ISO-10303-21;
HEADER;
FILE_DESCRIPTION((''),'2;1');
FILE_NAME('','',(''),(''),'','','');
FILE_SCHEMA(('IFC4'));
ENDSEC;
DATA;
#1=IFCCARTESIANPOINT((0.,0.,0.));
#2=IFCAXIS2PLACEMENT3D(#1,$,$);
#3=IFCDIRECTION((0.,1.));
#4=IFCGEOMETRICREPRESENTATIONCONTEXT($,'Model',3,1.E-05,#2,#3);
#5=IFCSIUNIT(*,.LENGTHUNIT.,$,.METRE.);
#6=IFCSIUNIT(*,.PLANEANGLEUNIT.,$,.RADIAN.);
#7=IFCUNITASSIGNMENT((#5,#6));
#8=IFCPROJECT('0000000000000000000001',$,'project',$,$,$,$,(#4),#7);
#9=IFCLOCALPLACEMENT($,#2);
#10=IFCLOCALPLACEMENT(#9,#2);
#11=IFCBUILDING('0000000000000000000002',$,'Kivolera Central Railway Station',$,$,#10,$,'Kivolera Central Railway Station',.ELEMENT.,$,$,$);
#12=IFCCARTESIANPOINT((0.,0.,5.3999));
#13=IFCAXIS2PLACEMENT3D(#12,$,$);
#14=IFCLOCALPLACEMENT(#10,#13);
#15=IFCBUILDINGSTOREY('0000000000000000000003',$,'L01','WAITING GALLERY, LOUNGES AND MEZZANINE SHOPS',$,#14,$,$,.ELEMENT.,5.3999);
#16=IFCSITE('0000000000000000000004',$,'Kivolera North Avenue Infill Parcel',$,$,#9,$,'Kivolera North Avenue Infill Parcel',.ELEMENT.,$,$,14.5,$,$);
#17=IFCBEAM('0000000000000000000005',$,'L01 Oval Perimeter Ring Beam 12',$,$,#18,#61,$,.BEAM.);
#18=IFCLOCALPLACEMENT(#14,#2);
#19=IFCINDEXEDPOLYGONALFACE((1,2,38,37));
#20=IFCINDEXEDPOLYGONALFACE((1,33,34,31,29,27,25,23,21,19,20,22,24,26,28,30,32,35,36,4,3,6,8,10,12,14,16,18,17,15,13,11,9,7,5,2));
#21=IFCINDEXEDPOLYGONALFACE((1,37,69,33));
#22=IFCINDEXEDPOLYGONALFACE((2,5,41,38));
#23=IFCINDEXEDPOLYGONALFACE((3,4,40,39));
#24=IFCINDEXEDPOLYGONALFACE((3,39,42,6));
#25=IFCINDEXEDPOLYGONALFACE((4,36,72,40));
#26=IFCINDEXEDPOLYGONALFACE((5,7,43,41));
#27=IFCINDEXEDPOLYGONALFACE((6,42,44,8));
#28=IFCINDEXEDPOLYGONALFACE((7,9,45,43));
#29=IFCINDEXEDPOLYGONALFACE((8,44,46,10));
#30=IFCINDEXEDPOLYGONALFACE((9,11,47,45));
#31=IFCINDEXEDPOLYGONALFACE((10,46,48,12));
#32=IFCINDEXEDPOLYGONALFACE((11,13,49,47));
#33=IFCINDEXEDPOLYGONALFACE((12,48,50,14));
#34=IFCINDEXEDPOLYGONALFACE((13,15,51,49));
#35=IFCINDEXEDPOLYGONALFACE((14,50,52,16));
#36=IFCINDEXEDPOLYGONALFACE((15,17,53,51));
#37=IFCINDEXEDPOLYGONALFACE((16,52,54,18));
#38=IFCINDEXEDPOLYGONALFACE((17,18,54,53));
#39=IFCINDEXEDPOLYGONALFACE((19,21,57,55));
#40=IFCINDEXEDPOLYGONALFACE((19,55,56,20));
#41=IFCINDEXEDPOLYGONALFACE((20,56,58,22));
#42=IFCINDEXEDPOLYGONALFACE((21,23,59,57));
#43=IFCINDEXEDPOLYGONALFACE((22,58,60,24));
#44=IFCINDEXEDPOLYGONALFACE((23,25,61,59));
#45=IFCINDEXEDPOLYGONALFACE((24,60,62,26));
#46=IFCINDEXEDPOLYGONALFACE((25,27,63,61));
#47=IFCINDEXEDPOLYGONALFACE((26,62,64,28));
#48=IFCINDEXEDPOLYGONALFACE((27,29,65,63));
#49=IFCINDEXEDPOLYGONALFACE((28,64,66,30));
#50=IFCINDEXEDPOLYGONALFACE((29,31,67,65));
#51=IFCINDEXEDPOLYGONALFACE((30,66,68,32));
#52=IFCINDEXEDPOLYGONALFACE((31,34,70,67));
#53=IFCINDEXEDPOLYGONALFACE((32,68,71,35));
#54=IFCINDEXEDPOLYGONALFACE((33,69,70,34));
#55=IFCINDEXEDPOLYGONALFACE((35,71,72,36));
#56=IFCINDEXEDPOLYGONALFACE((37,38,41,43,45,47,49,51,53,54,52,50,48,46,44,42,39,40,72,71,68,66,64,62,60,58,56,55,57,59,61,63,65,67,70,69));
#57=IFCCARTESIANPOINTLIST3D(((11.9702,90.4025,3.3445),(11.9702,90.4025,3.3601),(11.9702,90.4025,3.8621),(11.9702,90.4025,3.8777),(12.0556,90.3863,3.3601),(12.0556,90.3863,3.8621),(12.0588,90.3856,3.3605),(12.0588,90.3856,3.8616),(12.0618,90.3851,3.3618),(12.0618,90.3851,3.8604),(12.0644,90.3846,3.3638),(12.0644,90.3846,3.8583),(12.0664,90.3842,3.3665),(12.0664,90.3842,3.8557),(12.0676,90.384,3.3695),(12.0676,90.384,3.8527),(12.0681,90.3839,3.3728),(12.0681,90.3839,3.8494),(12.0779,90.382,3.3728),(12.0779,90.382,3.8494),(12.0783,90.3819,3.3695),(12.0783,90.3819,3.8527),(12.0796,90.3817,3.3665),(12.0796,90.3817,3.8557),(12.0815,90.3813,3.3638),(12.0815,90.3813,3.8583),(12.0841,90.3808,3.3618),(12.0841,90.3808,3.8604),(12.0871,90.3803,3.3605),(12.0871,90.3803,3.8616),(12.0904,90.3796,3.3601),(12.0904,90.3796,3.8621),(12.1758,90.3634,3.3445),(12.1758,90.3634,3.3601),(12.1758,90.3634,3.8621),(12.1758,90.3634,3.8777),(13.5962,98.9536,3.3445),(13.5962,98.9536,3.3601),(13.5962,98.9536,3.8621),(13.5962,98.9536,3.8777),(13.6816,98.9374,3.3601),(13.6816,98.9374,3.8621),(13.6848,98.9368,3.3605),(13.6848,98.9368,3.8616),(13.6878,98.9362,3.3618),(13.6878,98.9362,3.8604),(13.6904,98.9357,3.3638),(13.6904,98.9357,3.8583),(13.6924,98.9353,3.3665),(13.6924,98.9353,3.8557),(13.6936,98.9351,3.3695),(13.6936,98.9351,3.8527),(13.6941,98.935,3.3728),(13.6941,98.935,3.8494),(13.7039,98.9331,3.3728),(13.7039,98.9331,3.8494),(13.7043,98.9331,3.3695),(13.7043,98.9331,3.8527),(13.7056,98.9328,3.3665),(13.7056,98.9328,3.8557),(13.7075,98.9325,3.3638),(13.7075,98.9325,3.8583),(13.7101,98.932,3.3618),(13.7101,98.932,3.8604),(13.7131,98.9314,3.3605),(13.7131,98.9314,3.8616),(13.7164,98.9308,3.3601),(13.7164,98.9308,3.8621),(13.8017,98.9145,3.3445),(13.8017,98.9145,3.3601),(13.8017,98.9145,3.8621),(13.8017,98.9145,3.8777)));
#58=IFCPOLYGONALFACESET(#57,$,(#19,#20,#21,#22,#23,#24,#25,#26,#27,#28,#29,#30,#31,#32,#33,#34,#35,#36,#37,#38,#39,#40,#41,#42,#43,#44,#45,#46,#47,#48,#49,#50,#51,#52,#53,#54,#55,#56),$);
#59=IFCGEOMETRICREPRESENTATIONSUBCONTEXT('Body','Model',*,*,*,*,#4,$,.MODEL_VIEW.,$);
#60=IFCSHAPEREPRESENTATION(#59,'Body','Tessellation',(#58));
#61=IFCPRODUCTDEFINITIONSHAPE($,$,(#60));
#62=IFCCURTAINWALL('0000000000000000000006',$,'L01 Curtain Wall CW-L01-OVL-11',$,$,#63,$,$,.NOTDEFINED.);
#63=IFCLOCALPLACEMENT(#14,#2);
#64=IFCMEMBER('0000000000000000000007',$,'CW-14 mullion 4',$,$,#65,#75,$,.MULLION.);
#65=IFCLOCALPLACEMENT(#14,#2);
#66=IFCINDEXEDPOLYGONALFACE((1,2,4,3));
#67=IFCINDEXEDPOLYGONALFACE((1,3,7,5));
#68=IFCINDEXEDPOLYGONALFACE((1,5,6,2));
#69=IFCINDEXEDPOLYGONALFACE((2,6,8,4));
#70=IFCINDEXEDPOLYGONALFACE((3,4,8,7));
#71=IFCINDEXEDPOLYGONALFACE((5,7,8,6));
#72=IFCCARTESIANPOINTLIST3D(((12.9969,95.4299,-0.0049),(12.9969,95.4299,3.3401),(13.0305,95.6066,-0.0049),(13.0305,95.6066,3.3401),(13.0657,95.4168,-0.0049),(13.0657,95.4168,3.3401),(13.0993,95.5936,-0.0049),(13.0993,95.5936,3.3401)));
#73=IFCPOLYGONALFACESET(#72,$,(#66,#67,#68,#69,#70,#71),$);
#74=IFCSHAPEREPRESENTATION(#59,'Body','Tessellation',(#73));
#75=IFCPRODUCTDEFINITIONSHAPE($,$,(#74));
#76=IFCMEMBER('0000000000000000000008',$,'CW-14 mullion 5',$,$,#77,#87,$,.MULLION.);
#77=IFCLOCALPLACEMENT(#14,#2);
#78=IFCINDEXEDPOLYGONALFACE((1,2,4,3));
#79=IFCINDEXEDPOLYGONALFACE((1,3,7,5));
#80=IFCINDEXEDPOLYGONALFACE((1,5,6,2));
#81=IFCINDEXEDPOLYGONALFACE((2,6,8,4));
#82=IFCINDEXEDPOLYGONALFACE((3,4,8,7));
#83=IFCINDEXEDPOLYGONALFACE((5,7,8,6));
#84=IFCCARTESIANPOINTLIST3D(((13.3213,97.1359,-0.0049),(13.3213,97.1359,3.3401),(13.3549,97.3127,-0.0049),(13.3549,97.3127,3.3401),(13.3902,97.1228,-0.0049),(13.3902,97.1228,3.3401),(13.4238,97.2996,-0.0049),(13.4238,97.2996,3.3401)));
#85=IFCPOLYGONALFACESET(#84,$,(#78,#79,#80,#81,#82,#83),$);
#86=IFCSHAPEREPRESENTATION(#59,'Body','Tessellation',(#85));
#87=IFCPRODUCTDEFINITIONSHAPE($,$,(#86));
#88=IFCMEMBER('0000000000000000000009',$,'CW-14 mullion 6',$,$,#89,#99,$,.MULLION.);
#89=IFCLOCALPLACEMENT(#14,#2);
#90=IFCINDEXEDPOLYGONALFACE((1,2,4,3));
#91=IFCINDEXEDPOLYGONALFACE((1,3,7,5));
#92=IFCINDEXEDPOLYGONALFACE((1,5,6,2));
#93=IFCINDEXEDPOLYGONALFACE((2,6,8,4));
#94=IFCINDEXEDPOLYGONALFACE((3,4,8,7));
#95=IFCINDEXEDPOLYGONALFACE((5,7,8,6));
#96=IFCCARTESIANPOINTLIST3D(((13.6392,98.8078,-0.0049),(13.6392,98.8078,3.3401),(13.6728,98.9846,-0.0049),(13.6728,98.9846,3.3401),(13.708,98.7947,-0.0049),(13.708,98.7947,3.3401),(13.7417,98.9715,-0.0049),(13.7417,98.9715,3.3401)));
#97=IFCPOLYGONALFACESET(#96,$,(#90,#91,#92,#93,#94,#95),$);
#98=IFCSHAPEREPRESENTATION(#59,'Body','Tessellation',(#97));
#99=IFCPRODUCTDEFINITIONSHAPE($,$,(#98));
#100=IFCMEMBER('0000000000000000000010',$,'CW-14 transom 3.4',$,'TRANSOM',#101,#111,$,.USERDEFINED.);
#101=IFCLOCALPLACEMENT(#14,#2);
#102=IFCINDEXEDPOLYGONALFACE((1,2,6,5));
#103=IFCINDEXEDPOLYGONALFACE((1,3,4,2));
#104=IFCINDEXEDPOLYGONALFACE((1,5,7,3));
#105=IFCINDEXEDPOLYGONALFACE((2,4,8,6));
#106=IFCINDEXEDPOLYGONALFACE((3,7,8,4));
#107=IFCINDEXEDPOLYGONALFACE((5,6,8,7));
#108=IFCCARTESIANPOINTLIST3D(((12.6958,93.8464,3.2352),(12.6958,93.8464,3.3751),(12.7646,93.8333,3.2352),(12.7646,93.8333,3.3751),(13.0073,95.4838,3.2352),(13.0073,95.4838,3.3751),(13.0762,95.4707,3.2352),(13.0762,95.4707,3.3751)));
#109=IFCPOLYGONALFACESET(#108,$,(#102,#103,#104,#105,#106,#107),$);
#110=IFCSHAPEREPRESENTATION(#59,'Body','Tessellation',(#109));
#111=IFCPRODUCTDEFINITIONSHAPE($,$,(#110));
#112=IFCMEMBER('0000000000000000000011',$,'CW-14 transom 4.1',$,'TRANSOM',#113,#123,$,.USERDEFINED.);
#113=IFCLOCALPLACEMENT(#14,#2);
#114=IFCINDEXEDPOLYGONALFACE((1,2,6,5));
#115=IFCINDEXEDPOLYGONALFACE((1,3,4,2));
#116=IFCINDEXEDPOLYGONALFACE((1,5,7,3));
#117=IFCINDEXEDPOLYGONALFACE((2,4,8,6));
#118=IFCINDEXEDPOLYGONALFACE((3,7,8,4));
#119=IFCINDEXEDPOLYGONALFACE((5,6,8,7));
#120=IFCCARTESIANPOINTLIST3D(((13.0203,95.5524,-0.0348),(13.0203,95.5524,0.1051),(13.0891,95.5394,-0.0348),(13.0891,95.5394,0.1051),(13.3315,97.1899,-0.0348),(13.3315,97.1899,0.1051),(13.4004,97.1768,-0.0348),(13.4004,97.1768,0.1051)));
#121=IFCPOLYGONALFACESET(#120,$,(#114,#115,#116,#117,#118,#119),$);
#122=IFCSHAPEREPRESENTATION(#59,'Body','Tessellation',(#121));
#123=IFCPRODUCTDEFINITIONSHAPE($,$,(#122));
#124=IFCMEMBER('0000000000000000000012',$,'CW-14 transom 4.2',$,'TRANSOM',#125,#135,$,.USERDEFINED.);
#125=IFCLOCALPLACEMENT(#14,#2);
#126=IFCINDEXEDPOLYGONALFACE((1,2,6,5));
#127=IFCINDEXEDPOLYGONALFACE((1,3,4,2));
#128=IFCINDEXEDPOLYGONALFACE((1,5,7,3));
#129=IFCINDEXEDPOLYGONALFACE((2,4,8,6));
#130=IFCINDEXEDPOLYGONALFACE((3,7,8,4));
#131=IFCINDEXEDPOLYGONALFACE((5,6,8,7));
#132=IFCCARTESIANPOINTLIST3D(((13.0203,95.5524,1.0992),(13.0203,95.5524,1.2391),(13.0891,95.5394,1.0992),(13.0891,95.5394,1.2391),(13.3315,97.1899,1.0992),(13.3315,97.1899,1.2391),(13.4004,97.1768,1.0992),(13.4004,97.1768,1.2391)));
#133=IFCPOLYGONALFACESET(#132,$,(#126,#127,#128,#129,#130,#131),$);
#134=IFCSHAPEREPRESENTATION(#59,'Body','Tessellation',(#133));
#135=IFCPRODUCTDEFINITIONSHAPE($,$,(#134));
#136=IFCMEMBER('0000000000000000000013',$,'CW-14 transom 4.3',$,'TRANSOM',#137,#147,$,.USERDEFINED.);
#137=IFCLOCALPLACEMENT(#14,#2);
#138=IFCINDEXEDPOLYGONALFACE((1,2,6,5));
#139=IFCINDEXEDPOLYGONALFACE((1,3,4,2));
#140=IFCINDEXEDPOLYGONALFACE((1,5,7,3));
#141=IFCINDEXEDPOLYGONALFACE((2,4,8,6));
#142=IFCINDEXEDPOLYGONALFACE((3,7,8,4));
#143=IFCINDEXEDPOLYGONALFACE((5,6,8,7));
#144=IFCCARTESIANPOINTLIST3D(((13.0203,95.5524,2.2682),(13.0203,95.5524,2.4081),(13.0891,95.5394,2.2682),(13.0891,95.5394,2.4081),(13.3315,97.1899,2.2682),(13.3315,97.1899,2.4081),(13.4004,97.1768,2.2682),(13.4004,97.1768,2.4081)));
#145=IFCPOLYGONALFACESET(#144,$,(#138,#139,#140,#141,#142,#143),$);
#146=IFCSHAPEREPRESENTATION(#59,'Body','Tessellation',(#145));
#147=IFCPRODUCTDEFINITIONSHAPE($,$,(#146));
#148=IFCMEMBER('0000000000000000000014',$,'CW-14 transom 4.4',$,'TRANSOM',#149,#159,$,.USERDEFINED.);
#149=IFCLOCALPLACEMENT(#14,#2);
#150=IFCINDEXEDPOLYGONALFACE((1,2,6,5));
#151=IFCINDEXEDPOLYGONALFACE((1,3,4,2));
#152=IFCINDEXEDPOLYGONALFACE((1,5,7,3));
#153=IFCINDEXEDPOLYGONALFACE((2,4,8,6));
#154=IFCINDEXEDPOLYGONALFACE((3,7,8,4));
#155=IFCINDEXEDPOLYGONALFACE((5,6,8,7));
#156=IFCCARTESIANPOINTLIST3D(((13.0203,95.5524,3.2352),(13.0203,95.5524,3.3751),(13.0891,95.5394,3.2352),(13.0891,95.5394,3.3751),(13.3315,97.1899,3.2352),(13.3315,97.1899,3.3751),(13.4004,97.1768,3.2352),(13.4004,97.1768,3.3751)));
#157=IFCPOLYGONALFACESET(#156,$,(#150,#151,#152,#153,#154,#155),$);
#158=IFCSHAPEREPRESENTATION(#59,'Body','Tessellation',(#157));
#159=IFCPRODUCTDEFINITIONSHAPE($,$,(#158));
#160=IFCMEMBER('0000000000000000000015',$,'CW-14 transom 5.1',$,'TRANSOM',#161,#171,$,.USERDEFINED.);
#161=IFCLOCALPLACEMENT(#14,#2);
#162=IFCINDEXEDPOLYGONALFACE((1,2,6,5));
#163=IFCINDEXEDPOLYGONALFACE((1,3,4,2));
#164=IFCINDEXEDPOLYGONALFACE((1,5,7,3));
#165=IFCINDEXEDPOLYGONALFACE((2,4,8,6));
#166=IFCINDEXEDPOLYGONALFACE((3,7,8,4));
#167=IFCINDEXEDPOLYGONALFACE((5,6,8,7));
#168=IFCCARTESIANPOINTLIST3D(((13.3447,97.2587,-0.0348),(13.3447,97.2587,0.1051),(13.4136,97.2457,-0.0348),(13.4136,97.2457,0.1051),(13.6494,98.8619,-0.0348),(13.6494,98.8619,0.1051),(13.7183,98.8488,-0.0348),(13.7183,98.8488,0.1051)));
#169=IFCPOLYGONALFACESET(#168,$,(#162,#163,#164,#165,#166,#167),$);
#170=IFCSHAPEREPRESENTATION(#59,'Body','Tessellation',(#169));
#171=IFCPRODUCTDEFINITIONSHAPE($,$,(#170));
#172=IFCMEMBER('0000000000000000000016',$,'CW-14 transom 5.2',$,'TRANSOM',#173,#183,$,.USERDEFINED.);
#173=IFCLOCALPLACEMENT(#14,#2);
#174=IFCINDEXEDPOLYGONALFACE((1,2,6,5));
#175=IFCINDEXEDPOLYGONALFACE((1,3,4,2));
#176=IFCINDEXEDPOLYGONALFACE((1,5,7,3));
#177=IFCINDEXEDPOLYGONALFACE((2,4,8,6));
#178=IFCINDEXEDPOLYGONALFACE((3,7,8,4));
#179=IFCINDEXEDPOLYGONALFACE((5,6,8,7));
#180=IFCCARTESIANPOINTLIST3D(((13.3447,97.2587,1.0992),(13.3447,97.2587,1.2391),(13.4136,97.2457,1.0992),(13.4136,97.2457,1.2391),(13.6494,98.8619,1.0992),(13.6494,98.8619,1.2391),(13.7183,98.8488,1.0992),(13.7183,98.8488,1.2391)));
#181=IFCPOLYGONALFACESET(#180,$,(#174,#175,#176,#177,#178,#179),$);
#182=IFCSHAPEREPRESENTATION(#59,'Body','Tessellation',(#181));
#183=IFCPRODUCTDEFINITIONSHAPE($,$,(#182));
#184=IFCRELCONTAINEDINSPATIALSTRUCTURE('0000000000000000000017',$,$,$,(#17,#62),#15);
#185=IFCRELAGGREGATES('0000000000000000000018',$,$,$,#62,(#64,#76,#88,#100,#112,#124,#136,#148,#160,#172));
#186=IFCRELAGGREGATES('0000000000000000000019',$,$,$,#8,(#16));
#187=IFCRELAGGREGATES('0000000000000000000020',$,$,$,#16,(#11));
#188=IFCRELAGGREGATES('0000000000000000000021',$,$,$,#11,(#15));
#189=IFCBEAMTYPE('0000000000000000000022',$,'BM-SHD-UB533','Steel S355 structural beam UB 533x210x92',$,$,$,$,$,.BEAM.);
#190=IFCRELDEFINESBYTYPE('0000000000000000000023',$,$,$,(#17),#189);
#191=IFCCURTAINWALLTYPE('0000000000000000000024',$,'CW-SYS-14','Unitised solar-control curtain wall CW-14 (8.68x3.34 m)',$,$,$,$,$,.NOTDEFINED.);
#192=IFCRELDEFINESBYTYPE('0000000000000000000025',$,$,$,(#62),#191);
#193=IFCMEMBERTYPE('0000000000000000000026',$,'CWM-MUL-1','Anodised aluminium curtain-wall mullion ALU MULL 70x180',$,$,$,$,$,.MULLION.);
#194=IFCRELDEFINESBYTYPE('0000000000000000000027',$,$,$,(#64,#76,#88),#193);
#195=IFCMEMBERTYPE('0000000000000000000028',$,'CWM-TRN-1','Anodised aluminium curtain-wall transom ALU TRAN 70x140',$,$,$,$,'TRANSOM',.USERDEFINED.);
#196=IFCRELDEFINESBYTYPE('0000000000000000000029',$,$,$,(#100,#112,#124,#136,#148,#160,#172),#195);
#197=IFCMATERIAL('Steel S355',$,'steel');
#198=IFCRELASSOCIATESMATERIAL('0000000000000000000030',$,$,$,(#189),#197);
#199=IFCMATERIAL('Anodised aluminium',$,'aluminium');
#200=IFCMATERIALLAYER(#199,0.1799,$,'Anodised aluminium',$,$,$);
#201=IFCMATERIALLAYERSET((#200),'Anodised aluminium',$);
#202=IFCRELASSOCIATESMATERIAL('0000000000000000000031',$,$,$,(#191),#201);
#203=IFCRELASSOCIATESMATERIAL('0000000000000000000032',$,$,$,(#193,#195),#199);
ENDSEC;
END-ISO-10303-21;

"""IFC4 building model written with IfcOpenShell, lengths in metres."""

from ifc_helpers import new_model, si_unit, direction, frame, origin, origin_2d, place, context, subcontext, project, spatial, rectangle, i_section, extrude, material, layer, layer_set, material_profile, profile_set, type_object, element, aggregate, save


model = new_model("IFC4")

# Units and contexts
model_context = context("Model", 3, precision=1e-05, world=origin(), true_north=direction((0.0, 1.0)))
body_context = subcontext(model_context, "Body", "Model", "MODEL_VIEW")
ifc_project = project(units=[si_unit("LENGTHUNIT", "METRE"), si_unit("PLANEANGLEUNIT", "RADIAN")], contexts=[model_context])

# Site, building, storey
site_placement = place(None, origin())
site = spatial("IfcSite", under=ifc_project, at=site_placement, Name="Kivolera North Avenue Infill Parcel", LongName="Kivolera North Avenue Infill Parcel", CompositionType="ELEMENT", RefElevation=14.5)
building_placement = place(site_placement, origin())
building = spatial("IfcBuilding", under=site, at=building_placement, Name="Kivolera Central Railway Station", LongName="Kivolera Central Railway Station", CompositionType="ELEMENT")
storey_placement = place(building_placement, frame((0.0, 0.0, 5.3999)))
storey = spatial("IfcBuildingStorey", under=building, at=storey_placement, Name="L01", Description="WAITING GALLERY, LOUNGES AND MEZZANINE SHOPS", CompositionType="ELEMENT", Elevation=5.3999)

# Beam
ifc_material_1 = material(Name="Steel S355", Category="steel")
ifc_material_profile_1 = material_profile(ifc_material_1, i_section(OverallWidth=0.2092, OverallDepth=0.5332, WebThickness=0.01, FlangeThickness=0.0156, FilletRadius=0.0127, at=origin_2d()), Name="UB 533x210x92")
ifc_profile_set_1 = profile_set([ifc_material_profile_1], Name="Steel S355")
beam_type = type_object("IfcBeamType", Name="BM-SHD-UB533", Description="Steel S355 structural beam UB 533x210x92", PredefinedType="BEAM", material=ifc_profile_set_1)
beam_placement = place(storey_placement, frame((13.699, 98.9341, 3.6111), z_axis=(-0.186803, -0.982397, 0.0), x_axis=(0.982397, -0.186803, 0.0)))
element("IfcBeam", 1, at=beam_placement, inside=storey, type_object=beam_type, Name="L01 Oval Perimeter Ring Beam 12", PredefinedType="BEAM", context=body_context, shape_type="SweptSolid", body=[
    extrude(i_section(OverallWidth=0.2092, OverallDepth=0.5332, WebThickness=0.01, FlangeThickness=0.0156, FilletRadius=0.0127, at=origin_2d()), origin(), (0.0, 0.0, 1.0), 8.7043),
])

# Curtain wall, members
ifc_material_2 = material(Name="Anodised aluminium", Category="aluminium")
ifc_layer_1 = layer(ifc_material_2, 0.1799, Name="Anodised aluminium")
ifc_layer_set_1 = layer_set([ifc_layer_1], Name="Anodised aluminium")
curtain_wall_type = type_object("IfcCurtainWallType", Name="CW-SYS-14", Description="Unitised solar-control curtain wall CW-14 (8.68x3.34 m)", PredefinedType="NOTDEFINED", material=ifc_layer_set_1)
curtain_wall_placement = place(storey_placement, origin())
curtain_wall = element("IfcCurtainWall", 2, at=curtain_wall_placement, inside=storey, type_object=curtain_wall_type, Name="L01 Curtain Wall CW-L01-OVL-11", PredefinedType="NOTDEFINED")
ifc_material_profile_2 = material_profile(ifc_material_2, rectangle(XDim=0.0701, YDim=0.1799, at=origin_2d()), Name="ALU MULL 70x180")
ifc_profile_set_2 = profile_set([ifc_material_profile_2], Name="Anodised aluminium")
member_type_1 = type_object("IfcMemberType", Name="CWM-MUL-1", Description="Anodised aluminium curtain-wall mullion ALU MULL 70x180", PredefinedType="MULLION", material=ifc_profile_set_2)
member_1_placement = place(storey_placement, frame((13.0481, 95.5117, -0.0049), z_axis=(0.0, 0.0, 1.0), x_axis=(-0.982401, 0.186784, 0.0)))
member_1 = element("IfcMember", 3, at=member_1_placement, type_object=member_type_1, Name="CW-14 mullion 4", PredefinedType="MULLION", context=body_context, shape_type="SweptSolid", body=[
    extrude(rectangle(XDim=0.0701, YDim=0.1799, at=origin_2d()), origin(), (0.0, 0.0, 1.0), 3.345),
])
member_2_placement = place(storey_placement, frame((13.3726, 97.2178, -0.0049), z_axis=(0.0, 0.0, 1.0), x_axis=(-0.982401, 0.186784, 0.0)))
member_2 = element("IfcMember", 4, at=member_2_placement, type_object=member_type_1, Name="CW-14 mullion 5", PredefinedType="MULLION", context=body_context, shape_type="SweptSolid", body=[
    extrude(rectangle(XDim=0.0701, YDim=0.1799, at=origin_2d()), origin(), (0.0, 0.0, 1.0), 3.345),
])
member_3_placement = place(storey_placement, frame((13.6904, 98.8896, -0.0049), z_axis=(0.0, 0.0, 1.0), x_axis=(-0.982401, 0.186784, 0.0)))
member_3 = element("IfcMember", 5, at=member_3_placement, type_object=member_type_1, Name="CW-14 mullion 6", PredefinedType="MULLION", context=body_context, shape_type="SweptSolid", body=[
    extrude(rectangle(XDim=0.0701, YDim=0.1799, at=origin_2d()), origin(), (0.0, 0.0, 1.0), 3.345),
])
ifc_material_profile_3 = material_profile(ifc_material_2, rectangle(XDim=0.0701, YDim=0.1399, at=origin_2d()), Name="ALU TRAN 70x140")
ifc_profile_set_3 = profile_set([ifc_material_profile_3], Name="Anodised aluminium")
member_type_2 = type_object("IfcMemberType", Name="CWM-TRN-1", Description="Anodised aluminium curtain-wall transom ALU TRAN 70x140", ElementType="TRANSOM", PredefinedType="USERDEFINED", material=ifc_profile_set_3)
member_4_placement = place(storey_placement, frame((12.7302, 93.8398, 3.3052), z_axis=(0.186897, 0.98238, 0.0), x_axis=(-0.98238, 0.186897, 0.0)))
member_4 = element("IfcMember", 6, at=member_4_placement, type_object=member_type_2, Name="CW-14 transom 3.4", ObjectType="TRANSOM", PredefinedType="USERDEFINED", context=body_context, shape_type="SweptSolid", body=[
    extrude(rectangle(XDim=0.0701, YDim=0.1399, at=origin_2d()), origin(), (0.0, 0.0, 1.0), 1.6667),
])
member_5_placement = place(storey_placement, frame((13.0547, 95.5459, 0.0352), z_axis=(0.186755, 0.982406, 0.0), x_axis=(-0.982406, 0.186755, 0.0)))
member_5 = element("IfcMember", 7, at=member_5_placement, type_object=member_type_2, Name="CW-14 transom 4.1", ObjectType="TRANSOM", PredefinedType="USERDEFINED", context=body_context, shape_type="SweptSolid", body=[
    extrude(rectangle(XDim=0.0701, YDim=0.1399, at=origin_2d()), origin(), (0.0, 0.0, 1.0), 1.6667),
])
member_6_placement = place(storey_placement, frame((13.0547, 95.5459, 1.1692), z_axis=(0.186755, 0.982406, 0.0), x_axis=(-0.982406, 0.186755, 0.0)))
member_6 = element("IfcMember", 8, at=member_6_placement, type_object=member_type_2, Name="CW-14 transom 4.2", ObjectType="TRANSOM", PredefinedType="USERDEFINED", context=body_context, shape_type="SweptSolid", body=[
    extrude(rectangle(XDim=0.0701, YDim=0.1399, at=origin_2d()), origin(), (0.0, 0.0, 1.0), 1.6667),
])
member_7_placement = place(storey_placement, frame((13.0547, 95.5459, 2.3381), z_axis=(0.186755, 0.982406, 0.0), x_axis=(-0.982406, 0.186755, 0.0)))
member_7 = element("IfcMember", 9, at=member_7_placement, type_object=member_type_2, Name="CW-14 transom 4.3", ObjectType="TRANSOM", PredefinedType="USERDEFINED", context=body_context, shape_type="SweptSolid", body=[
    extrude(rectangle(XDim=0.0701, YDim=0.1399, at=origin_2d()), origin(), (0.0, 0.0, 1.0), 1.6667),
])
member_8_placement = place(storey_placement, frame((13.0547, 95.5459, 3.3052), z_axis=(0.186755, 0.982406, 0.0), x_axis=(-0.982406, 0.186755, 0.0)))
member_8 = element("IfcMember", 10, at=member_8_placement, type_object=member_type_2, Name="CW-14 transom 4.4", ObjectType="TRANSOM", PredefinedType="USERDEFINED", context=body_context, shape_type="SweptSolid", body=[
    extrude(rectangle(XDim=0.0701, YDim=0.1399, at=origin_2d()), origin(), (0.0, 0.0, 1.0), 1.6667),
])
member_9_placement = place(storey_placement, frame((13.3792, 97.2522, 0.0352), z_axis=(0.186727, 0.982412, 0.0), x_axis=(-0.982412, 0.186727, 0.0)))
member_9 = element("IfcMember", 11, at=member_9_placement, type_object=member_type_2, Name="CW-14 transom 5.1", ObjectType="TRANSOM", PredefinedType="USERDEFINED", context=body_context, shape_type="SweptSolid", body=[
    extrude(rectangle(XDim=0.0701, YDim=0.1399, at=origin_2d()), origin(), (0.0, 0.0, 1.0), 1.6318),
])
member_10_placement = place(storey_placement, frame((13.3792, 97.2522, 1.1692), z_axis=(0.186727, 0.982412, 0.0), x_axis=(-0.982412, 0.186727, 0.0)))
member_10 = element("IfcMember", 12, at=member_10_placement, type_object=member_type_2, Name="CW-14 transom 5.2", ObjectType="TRANSOM", PredefinedType="USERDEFINED", context=body_context, shape_type="SweptSolid", body=[
    extrude(rectangle(XDim=0.0701, YDim=0.1399, at=origin_2d()), origin(), (0.0, 0.0, 1.0), 1.6318),
])
aggregate(curtain_wall, [member_1, member_2, member_3, member_4, member_5, member_6, member_7, member_8, member_9, member_10])

save(model, "model.ifc")
